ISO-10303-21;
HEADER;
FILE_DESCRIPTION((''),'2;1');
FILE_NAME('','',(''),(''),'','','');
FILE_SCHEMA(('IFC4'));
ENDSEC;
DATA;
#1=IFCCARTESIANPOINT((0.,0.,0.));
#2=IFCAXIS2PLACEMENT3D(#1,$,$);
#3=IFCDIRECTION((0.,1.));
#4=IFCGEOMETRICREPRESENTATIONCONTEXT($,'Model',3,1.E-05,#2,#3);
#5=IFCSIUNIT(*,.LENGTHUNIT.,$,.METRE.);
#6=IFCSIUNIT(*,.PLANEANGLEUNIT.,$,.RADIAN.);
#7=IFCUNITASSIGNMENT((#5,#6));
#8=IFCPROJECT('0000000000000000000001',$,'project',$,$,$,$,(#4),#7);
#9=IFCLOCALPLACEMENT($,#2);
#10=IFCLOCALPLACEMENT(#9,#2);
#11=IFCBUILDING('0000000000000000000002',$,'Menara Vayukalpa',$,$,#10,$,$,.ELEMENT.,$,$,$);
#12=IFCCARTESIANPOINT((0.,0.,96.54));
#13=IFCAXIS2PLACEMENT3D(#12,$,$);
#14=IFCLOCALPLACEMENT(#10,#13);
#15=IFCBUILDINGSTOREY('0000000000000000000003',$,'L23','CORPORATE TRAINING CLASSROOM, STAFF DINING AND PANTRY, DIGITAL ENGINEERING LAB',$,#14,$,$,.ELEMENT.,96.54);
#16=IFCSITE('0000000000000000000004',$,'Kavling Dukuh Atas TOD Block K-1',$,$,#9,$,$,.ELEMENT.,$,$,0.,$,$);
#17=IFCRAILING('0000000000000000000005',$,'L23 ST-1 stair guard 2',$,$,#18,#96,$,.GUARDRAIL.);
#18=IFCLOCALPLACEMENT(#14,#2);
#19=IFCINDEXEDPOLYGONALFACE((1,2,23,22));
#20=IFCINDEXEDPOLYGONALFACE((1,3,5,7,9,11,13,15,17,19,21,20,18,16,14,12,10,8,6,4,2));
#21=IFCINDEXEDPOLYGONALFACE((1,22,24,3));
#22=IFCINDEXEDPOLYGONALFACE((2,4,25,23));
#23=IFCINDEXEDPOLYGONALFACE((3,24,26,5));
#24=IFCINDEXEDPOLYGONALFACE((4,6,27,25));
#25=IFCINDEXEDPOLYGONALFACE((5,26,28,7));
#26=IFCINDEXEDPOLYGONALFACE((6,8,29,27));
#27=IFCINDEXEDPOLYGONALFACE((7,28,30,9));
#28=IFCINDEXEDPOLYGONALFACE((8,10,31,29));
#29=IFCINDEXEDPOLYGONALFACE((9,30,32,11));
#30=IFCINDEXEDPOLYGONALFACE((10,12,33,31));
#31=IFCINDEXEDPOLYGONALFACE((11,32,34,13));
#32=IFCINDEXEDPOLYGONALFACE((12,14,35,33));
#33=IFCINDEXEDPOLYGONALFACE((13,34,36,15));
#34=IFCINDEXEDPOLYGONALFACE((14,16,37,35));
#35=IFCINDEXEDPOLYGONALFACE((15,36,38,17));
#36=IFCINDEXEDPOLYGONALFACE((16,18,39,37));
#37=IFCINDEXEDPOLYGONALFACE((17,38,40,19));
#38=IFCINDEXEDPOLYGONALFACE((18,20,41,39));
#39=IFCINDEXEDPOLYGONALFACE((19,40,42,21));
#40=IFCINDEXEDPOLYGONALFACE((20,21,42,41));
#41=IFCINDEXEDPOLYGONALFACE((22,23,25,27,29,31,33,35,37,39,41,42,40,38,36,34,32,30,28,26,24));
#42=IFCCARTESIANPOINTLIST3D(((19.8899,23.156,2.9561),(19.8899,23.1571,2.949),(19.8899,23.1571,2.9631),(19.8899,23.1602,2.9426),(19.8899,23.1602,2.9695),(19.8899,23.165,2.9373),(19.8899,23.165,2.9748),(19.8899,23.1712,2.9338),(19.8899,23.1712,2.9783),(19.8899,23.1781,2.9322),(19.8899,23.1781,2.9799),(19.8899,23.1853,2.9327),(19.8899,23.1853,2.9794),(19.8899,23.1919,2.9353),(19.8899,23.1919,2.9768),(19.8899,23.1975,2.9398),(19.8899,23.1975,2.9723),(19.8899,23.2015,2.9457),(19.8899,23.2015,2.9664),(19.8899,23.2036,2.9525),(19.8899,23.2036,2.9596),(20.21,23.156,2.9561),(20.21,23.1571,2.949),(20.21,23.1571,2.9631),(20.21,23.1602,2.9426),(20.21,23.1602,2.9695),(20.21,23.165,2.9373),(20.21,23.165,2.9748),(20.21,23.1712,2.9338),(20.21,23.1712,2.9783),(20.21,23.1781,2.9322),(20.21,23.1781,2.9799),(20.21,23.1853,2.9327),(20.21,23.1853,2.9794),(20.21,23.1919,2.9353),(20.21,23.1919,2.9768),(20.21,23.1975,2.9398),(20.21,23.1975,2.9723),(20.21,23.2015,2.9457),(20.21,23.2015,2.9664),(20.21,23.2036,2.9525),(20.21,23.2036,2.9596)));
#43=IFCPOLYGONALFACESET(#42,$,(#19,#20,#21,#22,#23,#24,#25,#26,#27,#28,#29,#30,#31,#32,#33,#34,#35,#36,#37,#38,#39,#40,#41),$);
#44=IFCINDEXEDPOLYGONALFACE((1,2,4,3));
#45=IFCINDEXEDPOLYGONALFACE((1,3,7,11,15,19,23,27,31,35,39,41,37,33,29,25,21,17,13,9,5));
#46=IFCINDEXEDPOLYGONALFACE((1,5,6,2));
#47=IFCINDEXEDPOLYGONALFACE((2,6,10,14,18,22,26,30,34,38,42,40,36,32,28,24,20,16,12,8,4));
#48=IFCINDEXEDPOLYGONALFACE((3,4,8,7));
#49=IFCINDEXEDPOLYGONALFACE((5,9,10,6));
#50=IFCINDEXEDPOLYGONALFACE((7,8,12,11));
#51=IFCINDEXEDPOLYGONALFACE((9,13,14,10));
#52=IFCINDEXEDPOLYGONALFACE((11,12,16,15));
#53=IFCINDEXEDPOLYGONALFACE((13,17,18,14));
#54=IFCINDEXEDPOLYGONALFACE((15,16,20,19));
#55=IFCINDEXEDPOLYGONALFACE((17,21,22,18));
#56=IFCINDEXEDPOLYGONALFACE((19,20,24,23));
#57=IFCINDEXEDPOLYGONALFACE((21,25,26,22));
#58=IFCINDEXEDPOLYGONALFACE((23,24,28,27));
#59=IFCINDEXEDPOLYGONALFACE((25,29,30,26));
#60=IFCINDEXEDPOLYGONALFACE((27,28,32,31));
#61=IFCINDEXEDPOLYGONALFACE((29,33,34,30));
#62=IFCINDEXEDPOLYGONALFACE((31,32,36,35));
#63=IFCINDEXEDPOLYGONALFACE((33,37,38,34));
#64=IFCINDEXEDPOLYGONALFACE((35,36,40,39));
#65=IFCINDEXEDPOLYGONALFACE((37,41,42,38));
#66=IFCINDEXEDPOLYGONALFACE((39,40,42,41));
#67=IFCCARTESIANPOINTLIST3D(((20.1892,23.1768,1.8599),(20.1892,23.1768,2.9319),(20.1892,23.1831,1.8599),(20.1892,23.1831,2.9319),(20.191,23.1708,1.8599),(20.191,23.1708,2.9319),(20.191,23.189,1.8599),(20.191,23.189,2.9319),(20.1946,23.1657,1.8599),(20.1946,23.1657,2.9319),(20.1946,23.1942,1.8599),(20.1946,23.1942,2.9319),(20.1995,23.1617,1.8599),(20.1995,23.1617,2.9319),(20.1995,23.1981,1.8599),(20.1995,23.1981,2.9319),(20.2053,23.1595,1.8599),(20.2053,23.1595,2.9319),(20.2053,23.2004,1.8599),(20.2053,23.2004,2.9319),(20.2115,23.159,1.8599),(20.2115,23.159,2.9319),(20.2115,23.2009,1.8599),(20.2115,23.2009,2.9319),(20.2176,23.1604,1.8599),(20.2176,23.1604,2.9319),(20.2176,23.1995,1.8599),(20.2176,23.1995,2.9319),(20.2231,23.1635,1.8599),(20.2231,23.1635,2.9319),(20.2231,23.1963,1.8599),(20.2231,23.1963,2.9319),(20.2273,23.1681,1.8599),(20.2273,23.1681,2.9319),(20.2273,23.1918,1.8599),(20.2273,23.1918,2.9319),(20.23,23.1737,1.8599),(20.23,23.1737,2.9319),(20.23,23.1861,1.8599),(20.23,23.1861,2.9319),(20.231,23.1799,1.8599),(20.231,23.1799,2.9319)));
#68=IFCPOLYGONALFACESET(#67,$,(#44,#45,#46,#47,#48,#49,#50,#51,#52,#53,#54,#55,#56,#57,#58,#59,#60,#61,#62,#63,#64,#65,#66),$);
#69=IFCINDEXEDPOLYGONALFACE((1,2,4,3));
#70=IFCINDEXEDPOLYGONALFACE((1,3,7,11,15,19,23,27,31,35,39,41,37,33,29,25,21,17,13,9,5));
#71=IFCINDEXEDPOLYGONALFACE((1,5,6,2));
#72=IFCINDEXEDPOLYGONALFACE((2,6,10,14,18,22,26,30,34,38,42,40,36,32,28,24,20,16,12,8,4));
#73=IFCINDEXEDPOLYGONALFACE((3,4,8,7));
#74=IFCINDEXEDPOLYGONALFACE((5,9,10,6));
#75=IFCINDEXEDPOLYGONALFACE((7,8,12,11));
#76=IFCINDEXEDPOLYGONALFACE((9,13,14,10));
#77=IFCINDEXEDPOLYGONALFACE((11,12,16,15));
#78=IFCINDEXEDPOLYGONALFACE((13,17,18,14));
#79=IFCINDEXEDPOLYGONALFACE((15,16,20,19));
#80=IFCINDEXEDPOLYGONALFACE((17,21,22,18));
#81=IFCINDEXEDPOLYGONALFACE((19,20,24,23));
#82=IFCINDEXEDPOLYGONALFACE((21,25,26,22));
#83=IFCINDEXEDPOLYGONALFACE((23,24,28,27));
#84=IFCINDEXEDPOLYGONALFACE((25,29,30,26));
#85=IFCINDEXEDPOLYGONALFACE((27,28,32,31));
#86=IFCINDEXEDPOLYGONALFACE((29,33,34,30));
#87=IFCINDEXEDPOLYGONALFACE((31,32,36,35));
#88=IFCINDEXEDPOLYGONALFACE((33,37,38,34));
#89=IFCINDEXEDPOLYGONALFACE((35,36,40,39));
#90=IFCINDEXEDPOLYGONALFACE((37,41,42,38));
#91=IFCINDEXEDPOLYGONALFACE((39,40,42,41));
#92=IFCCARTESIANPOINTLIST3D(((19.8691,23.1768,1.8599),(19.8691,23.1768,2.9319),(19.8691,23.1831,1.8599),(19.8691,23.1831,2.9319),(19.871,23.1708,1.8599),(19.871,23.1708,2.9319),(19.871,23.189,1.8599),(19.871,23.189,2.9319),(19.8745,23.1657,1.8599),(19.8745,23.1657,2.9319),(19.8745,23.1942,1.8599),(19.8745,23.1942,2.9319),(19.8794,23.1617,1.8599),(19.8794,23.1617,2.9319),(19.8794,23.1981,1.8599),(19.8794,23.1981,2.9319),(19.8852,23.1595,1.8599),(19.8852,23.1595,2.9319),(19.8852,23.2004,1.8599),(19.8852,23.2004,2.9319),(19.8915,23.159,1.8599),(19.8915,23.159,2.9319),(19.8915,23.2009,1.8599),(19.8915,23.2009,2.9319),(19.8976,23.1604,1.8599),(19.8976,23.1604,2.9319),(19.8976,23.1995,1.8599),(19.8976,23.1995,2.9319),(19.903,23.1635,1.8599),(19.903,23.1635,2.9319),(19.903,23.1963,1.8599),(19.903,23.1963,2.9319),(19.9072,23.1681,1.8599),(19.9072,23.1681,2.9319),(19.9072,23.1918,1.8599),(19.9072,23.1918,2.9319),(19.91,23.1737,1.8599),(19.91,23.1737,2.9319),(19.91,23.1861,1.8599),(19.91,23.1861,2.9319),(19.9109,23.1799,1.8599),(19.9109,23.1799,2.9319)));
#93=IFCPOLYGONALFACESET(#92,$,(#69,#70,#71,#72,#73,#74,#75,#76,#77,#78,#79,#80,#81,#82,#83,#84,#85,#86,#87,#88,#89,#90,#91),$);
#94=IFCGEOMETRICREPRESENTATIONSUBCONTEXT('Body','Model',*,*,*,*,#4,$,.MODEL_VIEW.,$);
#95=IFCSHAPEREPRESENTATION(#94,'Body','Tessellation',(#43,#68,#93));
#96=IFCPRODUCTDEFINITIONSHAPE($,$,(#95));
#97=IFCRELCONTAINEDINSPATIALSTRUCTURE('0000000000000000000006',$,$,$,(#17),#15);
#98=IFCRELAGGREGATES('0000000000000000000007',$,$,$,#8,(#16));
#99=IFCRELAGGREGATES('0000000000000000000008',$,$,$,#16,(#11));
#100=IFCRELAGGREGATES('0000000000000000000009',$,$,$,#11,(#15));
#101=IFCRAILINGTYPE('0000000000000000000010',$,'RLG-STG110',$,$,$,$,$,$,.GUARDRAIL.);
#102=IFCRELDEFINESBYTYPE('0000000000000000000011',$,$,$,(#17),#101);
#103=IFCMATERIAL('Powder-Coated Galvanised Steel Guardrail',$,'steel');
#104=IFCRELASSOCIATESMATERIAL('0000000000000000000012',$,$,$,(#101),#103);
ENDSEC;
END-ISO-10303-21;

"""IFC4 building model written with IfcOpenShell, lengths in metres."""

from ifc_helpers import new_model, si_unit, direction, frame, origin, origin_2d, place, context, subcontext, project, spatial, circle, extrude, material, type_object, element, save


model = new_model("IFC4")

# Units and contexts
model_context = context("Model", 3, precision=1e-05, world=origin(), true_north=direction((0.0, 1.0)))
body_context = subcontext(model_context, "Body", "Model", "MODEL_VIEW")
ifc_project = project(units=[si_unit("LENGTHUNIT", "METRE"), si_unit("PLANEANGLEUNIT", "RADIAN")], contexts=[model_context])

# Site, building, storey
site_placement = place(None, origin())
site = spatial("IfcSite", under=ifc_project, at=site_placement, Name="Kavling Dukuh Atas TOD Block K-1", CompositionType="ELEMENT", RefElevation=0.0)
building_placement = place(site_placement, origin())
building = spatial("IfcBuilding", under=site, at=building_placement, Name="Menara Vayukalpa", CompositionType="ELEMENT")
storey_placement = place(building_placement, frame((0.0, 0.0, 96.54)))
storey = spatial("IfcBuildingStorey", under=building, at=storey_placement, Name="L23", Description="CORPORATE TRAINING CLASSROOM, STAFF DINING AND PANTRY, DIGITAL ENGINEERING LAB", CompositionType="ELEMENT", Elevation=96.54)

# Railing
ifc_material_1 = material(Name="Powder-Coated Galvanised Steel Guardrail", Category="steel")
railing_type_1 = type_object("IfcRailingType", Name="RLG-STG110", PredefinedType="GUARDRAIL", material=ifc_material_1)
railing_1_placement = place(storey_placement, frame((20.21, 23.1799, 1.8599)))
element("IfcRailing", 1, at=railing_1_placement, inside=storey, type_object=railing_type_1, Name="L23 ST-1 stair guard 2", PredefinedType="GUARDRAIL", context=body_context, shape_type="SweptSolid", body=[
    extrude(circle(Radius=0.0239, at=origin_2d()), frame((0.0, 0.0, 1.0962), z_axis=(-1.0, 0.0, 0.0), x_axis=(0.0, -1.0, 0.0)), (0.0, 0.0, 1.0), 0.3201),
    extrude(circle(Radius=0.021, at=origin_2d()), origin(), (0.0, 0.0, 1.0), 1.072),
    extrude(circle(Radius=0.021, at=origin_2d()), frame((-0.3201, 0.0, 0.0)), (0.0, 0.0, 1.0), 1.072),
])

save(model, "model.ifc")
